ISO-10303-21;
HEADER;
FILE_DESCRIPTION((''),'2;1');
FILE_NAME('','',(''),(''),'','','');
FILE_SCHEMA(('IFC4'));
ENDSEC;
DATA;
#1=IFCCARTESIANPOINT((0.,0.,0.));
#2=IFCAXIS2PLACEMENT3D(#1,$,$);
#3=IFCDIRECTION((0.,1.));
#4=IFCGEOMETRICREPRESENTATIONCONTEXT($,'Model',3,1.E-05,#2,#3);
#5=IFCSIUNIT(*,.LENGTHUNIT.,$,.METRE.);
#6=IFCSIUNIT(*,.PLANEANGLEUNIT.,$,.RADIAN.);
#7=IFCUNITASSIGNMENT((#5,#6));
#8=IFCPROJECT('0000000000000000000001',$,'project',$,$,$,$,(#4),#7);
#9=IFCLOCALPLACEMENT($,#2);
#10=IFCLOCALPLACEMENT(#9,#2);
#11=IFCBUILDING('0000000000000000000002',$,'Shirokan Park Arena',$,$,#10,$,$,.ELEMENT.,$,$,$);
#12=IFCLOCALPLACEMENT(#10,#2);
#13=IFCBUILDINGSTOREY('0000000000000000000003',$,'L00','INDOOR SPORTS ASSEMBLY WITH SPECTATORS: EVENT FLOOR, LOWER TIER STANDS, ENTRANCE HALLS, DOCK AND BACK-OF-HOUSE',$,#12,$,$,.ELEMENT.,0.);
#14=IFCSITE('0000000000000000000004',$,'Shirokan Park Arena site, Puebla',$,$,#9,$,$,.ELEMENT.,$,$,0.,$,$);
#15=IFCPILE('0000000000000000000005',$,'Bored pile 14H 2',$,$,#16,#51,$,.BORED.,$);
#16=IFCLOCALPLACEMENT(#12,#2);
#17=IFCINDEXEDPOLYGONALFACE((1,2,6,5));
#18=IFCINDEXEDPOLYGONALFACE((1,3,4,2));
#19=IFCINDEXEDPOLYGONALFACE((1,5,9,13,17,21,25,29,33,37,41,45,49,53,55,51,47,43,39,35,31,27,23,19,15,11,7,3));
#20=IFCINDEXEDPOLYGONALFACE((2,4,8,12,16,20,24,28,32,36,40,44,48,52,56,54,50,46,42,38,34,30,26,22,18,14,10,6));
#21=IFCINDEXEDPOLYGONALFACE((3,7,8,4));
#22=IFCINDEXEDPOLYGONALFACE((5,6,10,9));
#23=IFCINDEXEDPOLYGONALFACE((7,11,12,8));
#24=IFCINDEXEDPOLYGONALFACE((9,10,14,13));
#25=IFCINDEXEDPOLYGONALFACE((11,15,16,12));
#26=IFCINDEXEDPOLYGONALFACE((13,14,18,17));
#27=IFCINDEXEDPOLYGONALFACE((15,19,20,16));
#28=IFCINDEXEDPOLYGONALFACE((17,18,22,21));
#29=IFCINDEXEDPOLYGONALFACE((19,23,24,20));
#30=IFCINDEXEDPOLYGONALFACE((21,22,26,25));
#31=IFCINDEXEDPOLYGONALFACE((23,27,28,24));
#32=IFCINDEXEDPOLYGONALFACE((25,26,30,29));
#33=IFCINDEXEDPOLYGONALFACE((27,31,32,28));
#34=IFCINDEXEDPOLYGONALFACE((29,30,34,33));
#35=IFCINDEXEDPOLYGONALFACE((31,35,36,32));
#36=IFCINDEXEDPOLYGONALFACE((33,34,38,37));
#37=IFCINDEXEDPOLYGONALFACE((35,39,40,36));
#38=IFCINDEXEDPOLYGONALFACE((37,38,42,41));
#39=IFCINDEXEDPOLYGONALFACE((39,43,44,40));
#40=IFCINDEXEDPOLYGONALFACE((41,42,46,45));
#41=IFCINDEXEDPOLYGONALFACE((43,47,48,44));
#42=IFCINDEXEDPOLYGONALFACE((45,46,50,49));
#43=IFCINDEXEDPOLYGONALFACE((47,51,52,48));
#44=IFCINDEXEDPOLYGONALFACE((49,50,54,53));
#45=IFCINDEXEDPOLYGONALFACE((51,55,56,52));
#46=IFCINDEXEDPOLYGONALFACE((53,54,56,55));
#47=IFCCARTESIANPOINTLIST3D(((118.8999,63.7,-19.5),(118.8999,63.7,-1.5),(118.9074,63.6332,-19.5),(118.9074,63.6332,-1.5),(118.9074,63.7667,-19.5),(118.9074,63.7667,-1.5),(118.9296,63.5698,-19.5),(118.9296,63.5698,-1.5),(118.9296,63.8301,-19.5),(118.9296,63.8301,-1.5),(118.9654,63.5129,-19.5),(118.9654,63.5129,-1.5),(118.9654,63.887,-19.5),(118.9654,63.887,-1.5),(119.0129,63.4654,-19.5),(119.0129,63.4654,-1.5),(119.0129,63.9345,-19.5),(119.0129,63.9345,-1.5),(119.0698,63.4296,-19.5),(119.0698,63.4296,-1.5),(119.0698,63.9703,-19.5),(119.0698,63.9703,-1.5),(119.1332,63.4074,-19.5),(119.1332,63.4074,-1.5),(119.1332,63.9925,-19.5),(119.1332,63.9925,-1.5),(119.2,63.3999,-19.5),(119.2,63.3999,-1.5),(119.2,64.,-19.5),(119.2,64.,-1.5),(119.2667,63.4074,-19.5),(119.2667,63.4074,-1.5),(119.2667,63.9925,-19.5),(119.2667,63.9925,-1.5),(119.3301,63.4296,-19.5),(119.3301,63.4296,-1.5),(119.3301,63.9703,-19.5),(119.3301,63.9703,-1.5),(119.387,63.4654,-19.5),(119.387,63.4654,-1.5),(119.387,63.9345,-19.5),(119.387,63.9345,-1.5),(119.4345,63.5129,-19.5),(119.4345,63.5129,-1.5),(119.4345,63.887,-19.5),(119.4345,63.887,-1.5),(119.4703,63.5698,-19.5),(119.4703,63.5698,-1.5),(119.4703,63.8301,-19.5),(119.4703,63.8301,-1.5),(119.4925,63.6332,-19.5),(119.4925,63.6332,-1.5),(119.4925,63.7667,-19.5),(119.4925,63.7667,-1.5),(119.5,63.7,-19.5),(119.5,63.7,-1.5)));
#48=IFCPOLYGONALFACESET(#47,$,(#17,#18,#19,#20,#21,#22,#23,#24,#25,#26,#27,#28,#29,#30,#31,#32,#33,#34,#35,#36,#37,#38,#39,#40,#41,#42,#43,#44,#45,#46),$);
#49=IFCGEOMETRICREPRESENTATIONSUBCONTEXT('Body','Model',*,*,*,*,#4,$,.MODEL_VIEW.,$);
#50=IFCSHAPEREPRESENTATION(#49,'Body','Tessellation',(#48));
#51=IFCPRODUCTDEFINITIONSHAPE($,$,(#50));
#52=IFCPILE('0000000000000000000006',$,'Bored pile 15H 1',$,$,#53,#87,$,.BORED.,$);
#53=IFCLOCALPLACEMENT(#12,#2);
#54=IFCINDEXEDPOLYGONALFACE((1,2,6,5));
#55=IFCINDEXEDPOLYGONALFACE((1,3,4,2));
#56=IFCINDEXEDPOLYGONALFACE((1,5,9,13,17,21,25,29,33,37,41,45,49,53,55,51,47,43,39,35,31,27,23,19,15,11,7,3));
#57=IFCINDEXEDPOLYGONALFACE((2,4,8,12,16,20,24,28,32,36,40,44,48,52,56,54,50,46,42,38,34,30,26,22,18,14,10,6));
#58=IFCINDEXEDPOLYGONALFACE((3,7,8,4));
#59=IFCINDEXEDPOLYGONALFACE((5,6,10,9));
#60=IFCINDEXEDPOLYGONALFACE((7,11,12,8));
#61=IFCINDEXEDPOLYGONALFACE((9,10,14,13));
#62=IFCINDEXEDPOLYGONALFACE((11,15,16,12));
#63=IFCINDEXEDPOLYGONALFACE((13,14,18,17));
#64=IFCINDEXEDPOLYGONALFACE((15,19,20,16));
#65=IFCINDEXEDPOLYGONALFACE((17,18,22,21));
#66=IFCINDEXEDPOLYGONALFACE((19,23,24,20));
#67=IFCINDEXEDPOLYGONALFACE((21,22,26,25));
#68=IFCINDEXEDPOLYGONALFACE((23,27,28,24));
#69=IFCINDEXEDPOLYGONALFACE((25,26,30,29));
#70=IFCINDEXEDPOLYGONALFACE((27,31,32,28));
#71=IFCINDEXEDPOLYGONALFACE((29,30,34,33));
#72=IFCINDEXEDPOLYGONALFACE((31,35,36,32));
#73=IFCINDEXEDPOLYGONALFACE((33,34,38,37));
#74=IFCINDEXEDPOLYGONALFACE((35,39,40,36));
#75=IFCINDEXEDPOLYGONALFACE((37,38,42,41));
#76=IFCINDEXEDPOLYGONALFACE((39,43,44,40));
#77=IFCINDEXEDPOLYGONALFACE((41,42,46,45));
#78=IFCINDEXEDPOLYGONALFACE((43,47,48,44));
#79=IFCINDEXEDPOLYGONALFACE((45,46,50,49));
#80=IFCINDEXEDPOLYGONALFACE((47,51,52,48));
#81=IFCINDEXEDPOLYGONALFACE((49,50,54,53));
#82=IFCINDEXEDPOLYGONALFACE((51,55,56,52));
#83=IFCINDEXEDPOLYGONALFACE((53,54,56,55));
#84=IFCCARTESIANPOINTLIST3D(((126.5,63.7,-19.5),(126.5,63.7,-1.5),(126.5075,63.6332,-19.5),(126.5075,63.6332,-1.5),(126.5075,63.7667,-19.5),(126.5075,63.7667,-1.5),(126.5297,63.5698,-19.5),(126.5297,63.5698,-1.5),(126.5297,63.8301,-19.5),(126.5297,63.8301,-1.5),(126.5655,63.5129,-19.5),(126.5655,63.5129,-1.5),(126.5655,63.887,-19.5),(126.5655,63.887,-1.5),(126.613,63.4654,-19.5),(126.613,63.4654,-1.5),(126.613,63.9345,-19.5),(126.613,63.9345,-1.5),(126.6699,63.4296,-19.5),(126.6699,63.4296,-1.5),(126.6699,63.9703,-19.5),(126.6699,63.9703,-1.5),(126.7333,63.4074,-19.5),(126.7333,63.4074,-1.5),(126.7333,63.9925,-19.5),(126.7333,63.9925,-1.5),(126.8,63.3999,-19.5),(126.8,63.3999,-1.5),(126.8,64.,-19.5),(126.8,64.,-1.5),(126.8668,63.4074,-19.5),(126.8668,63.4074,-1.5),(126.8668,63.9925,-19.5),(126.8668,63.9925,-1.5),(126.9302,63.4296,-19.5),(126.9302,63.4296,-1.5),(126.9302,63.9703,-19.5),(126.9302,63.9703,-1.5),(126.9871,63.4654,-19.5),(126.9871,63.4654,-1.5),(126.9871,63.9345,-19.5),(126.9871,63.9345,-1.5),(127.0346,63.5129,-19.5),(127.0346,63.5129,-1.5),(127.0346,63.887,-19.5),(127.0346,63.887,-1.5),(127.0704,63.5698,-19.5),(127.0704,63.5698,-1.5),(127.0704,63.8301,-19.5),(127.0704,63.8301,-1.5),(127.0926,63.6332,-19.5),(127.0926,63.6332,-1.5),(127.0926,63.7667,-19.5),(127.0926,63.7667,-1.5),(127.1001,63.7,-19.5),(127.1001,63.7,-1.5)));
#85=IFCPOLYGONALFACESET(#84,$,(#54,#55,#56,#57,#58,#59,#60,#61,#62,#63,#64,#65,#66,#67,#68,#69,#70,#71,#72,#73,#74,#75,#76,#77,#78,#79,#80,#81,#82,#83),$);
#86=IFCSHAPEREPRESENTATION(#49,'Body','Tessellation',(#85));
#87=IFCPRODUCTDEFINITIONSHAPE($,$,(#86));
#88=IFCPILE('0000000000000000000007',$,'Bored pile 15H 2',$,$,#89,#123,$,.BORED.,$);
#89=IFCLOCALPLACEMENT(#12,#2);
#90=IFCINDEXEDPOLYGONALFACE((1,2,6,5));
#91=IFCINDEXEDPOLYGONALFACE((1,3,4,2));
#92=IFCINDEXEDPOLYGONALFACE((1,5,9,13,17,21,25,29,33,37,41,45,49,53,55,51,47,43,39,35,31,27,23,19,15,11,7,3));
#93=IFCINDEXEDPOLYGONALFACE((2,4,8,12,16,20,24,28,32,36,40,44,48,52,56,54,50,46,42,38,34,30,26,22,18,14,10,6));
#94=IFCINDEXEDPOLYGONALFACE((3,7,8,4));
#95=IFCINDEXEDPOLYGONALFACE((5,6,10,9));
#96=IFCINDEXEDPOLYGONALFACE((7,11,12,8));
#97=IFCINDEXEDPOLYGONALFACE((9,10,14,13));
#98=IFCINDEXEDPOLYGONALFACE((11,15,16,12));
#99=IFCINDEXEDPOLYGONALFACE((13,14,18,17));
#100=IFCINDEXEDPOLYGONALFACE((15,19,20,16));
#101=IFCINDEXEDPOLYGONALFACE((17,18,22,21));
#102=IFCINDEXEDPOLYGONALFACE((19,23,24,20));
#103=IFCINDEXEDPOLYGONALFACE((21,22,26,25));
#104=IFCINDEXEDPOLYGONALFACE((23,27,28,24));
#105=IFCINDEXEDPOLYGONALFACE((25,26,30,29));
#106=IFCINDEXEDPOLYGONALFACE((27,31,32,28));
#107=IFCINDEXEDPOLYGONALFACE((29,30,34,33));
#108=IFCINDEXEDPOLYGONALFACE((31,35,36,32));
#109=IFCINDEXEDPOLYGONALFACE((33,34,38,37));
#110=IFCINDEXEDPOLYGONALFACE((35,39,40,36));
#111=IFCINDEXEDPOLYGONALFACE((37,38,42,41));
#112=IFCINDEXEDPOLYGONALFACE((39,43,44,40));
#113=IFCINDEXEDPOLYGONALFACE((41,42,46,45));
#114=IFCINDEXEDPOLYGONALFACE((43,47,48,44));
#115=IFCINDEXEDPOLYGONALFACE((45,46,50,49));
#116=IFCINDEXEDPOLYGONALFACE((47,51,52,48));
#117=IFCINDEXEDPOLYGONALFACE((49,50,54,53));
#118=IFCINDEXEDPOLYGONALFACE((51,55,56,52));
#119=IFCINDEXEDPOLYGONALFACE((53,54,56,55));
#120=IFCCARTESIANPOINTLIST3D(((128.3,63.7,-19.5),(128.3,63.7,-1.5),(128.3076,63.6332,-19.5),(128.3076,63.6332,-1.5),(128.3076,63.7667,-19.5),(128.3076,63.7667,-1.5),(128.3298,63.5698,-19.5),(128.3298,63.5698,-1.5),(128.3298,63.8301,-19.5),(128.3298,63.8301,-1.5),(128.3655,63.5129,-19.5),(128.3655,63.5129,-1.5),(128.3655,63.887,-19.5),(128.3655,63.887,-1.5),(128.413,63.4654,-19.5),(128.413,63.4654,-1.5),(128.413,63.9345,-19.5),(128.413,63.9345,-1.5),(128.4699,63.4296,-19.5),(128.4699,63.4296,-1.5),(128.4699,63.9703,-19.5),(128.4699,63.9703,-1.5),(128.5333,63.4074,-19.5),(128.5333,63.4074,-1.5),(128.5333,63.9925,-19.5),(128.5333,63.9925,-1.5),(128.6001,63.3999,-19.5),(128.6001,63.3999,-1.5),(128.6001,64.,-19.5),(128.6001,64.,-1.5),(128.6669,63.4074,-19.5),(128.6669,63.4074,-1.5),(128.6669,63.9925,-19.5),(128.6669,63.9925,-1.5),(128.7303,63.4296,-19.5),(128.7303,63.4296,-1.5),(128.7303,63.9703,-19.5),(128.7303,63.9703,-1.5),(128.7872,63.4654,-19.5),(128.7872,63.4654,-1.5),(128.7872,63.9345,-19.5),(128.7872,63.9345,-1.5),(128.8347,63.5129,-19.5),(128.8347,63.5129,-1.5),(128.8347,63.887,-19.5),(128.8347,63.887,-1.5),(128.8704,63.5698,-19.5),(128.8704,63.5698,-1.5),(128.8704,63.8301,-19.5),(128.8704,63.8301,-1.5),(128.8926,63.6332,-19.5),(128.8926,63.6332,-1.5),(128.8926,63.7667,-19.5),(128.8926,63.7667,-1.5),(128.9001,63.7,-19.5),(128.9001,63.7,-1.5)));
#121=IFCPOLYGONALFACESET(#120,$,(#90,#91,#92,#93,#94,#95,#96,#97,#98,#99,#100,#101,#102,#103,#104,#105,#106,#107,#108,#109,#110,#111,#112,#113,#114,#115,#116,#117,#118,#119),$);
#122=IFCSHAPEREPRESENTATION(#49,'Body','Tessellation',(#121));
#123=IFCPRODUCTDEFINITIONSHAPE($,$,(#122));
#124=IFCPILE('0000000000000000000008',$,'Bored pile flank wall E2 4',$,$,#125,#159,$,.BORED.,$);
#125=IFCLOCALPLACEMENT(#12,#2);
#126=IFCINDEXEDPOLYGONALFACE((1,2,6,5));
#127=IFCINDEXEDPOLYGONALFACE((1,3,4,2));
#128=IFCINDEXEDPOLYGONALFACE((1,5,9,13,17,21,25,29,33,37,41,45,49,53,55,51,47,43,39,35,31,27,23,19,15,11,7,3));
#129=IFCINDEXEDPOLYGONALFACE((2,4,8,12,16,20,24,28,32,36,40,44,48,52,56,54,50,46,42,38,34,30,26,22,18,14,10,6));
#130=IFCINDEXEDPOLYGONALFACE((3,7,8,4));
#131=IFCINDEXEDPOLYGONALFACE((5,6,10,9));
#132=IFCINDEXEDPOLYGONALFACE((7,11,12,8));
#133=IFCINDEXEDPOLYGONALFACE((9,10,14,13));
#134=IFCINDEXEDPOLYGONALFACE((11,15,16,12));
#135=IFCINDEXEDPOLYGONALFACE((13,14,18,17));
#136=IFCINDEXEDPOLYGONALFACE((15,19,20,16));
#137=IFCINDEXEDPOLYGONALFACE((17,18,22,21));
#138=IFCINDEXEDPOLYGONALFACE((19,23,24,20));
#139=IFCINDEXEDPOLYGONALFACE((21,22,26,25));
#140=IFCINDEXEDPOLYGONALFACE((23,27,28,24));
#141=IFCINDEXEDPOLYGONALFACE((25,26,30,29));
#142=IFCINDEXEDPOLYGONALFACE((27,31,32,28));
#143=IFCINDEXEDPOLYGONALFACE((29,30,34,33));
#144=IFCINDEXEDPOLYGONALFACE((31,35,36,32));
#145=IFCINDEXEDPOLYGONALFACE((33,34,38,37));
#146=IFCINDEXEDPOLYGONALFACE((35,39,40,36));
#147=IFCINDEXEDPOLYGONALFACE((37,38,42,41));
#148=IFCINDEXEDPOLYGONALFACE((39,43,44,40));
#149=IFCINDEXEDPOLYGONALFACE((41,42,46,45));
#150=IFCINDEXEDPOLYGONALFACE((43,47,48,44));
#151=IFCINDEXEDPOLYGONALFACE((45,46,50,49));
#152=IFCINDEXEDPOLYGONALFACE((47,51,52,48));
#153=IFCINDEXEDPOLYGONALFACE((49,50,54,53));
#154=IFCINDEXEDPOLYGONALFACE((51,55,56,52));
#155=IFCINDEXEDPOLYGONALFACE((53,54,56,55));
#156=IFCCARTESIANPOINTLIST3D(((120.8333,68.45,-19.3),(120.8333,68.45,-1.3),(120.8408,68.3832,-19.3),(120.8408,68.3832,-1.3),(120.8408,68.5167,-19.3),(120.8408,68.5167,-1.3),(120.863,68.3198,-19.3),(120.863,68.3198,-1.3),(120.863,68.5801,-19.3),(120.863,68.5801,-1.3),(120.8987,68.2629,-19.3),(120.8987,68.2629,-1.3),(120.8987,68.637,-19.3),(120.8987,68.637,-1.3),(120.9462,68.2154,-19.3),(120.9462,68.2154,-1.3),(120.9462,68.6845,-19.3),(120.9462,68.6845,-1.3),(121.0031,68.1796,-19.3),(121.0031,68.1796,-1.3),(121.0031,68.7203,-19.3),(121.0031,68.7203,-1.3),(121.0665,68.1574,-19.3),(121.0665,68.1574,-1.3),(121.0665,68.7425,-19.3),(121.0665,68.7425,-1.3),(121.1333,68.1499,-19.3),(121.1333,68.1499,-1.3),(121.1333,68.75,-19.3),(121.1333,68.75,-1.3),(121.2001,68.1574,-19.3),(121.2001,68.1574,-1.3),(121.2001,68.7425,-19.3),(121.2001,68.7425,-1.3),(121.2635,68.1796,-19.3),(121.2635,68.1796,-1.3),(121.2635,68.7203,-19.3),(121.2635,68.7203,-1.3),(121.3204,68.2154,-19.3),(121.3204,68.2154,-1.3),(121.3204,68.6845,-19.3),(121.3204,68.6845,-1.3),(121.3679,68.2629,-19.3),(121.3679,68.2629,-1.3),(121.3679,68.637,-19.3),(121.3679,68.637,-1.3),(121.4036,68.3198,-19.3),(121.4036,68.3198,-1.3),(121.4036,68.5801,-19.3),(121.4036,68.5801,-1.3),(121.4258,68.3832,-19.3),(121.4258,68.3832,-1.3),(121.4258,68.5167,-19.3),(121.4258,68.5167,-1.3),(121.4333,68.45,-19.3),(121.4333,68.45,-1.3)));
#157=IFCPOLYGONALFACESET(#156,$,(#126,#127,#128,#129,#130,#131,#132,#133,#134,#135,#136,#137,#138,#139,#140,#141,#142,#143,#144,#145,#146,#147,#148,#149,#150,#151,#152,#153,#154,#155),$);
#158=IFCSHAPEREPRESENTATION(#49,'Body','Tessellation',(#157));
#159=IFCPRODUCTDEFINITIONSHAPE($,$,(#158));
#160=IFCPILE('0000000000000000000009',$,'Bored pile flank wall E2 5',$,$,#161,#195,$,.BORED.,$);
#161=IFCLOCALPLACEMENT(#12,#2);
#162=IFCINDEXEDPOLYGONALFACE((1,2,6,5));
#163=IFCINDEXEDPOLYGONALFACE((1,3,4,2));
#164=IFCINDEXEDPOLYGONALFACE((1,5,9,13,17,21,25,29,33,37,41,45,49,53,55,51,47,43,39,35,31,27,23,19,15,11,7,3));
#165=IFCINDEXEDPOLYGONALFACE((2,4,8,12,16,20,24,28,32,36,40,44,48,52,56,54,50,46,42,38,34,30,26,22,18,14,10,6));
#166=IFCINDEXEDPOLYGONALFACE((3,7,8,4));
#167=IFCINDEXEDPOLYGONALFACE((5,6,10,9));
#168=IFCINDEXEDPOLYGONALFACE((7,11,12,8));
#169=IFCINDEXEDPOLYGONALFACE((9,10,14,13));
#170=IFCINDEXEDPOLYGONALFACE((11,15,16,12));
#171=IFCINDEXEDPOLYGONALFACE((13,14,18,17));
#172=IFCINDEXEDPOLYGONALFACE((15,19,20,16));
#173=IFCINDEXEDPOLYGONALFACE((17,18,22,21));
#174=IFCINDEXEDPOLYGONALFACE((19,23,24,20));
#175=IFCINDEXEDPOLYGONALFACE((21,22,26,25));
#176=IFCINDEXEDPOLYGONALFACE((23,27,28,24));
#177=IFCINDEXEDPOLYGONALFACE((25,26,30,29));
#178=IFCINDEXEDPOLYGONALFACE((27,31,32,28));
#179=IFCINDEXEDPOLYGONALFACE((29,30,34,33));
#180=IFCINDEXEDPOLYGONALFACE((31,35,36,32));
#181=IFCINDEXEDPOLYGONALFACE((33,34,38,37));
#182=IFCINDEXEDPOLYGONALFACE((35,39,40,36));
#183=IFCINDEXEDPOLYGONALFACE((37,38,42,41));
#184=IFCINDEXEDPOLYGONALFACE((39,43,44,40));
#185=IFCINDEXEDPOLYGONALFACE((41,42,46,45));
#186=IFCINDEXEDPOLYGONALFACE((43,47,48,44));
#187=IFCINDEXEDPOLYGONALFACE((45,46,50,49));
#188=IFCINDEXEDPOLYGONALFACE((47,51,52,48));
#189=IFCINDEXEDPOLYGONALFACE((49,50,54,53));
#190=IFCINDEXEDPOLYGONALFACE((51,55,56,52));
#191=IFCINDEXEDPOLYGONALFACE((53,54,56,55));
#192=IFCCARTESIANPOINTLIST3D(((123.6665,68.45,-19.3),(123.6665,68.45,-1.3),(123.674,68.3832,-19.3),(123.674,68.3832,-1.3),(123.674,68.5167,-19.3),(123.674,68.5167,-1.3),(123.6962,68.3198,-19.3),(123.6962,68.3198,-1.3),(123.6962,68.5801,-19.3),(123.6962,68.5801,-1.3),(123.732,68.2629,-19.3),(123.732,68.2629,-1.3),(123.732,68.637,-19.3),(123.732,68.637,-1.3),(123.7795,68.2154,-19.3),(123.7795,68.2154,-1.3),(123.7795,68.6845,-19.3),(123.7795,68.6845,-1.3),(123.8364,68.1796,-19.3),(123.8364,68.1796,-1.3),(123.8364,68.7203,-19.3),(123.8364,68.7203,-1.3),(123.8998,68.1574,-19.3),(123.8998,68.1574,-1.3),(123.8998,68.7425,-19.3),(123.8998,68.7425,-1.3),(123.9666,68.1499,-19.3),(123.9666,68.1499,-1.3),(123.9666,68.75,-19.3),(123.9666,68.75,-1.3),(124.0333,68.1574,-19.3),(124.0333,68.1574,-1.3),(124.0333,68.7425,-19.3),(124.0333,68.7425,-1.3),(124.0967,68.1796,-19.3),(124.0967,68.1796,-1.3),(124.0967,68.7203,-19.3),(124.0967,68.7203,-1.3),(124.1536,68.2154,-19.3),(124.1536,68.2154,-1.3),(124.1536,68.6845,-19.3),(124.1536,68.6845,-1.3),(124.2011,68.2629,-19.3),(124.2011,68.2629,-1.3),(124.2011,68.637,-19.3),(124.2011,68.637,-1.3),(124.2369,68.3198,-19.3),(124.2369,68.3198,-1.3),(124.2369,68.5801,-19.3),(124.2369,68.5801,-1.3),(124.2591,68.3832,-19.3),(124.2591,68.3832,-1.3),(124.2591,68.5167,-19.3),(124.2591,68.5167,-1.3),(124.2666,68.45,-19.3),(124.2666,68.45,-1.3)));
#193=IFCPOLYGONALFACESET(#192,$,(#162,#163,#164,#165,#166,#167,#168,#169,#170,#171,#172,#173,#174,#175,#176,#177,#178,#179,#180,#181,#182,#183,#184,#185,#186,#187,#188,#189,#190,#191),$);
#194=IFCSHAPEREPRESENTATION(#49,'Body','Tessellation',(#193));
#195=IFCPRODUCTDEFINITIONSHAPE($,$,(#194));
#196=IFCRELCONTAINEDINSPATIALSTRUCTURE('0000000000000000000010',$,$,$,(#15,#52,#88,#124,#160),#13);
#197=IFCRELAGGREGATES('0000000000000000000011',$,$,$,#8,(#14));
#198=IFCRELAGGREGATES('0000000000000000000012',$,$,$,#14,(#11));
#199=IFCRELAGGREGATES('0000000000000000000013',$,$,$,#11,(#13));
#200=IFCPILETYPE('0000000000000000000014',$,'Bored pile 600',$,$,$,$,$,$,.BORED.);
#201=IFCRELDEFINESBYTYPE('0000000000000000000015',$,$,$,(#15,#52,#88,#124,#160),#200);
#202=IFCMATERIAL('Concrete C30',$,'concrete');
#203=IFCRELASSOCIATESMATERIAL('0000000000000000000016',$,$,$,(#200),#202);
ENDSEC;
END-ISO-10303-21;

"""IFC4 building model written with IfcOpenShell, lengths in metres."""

from ifc_helpers import new_model, si_unit, direction, frame, origin, origin_2d, place, context, subcontext, project, spatial, circle, extrude, material, material_profile, profile_set, type_object, element, save


model = new_model("IFC4")

# Units and contexts
model_context = context("Model", 3, precision=1e-05, world=origin(), true_north=direction((0.0, 1.0)))
body_context = subcontext(model_context, "Body", "Model", "MODEL_VIEW")
ifc_project = project(units=[si_unit("LENGTHUNIT", "METRE"), si_unit("PLANEANGLEUNIT", "RADIAN")], contexts=[model_context])

# Site, building, storey
site_placement = place(None, origin())
site = spatial("IfcSite", under=ifc_project, at=site_placement, Name="Shirokan Park Arena site, Puebla", CompositionType="ELEMENT", RefElevation=0.0)
building_placement = place(site_placement, origin())
building = spatial("IfcBuilding", under=site, at=building_placement, Name="Shirokan Park Arena", CompositionType="ELEMENT")
storey_placement = place(building_placement, origin())
storey = spatial("IfcBuildingStorey", under=building, at=storey_placement, Name="L00", Description="INDOOR SPORTS ASSEMBLY WITH SPECTATORS: EVENT FLOOR, LOWER TIER STANDS, ENTRANCE HALLS, DOCK AND BACK-OF-HOUSE", CompositionType="ELEMENT", Elevation=0.0)

# Piles
ifc_material_1 = material(Name="Concrete C30", Category="concrete")
ifc_material_profile_1 = material_profile(ifc_material_1, circle(Radius=0.3, at=origin_2d()), Name="D600")
ifc_profile_set_1 = profile_set([ifc_material_profile_1], Name="Concrete C30")
pile_type_1 = type_object("IfcPileType", Name="Bored pile 600", PredefinedType="BORED", material=ifc_profile_set_1)
for number, where, z_axis, x_axis, name in (
    (1, (119.2, 63.7, -1.5), (0.0, 0.0, -1.0), (1.0, 0.0, 0.0), "Bored pile 14H 2"),
    (2, (126.8, 63.7, -1.5), (0.0, 0.0, -1.0), (1.0, 0.0, 0.0), "Bored pile 15H 1"),
    (3, (128.6001, 63.7, -1.5), (0.0, 0.0, -1.0), (1.0, 0.0, 0.0), "Bored pile 15H 2"),
    (4, (121.1333, 68.45, -1.3), (0.0, 0.0, -1.0), (1.0, 0.0, 0.0), "Bored pile flank wall E2 4"),
    (5, (123.9666, 68.45, -1.3), (0.0, 0.0, -1.0), (1.0, 0.0, 0.0), "Bored pile flank wall E2 5"),
):
    element("IfcPile", number, at=place(storey_placement, frame(where, z_axis=z_axis, x_axis=x_axis)), inside=storey, type_object=pile_type_1, Name=name, PredefinedType="BORED", context=body_context, shape_type="SweptSolid", body=[
        extrude(circle(Radius=0.3, at=origin_2d()), origin(), (0.0, 0.0, 1.0), 18.0),
    ])

save(model, "model.ifc")
